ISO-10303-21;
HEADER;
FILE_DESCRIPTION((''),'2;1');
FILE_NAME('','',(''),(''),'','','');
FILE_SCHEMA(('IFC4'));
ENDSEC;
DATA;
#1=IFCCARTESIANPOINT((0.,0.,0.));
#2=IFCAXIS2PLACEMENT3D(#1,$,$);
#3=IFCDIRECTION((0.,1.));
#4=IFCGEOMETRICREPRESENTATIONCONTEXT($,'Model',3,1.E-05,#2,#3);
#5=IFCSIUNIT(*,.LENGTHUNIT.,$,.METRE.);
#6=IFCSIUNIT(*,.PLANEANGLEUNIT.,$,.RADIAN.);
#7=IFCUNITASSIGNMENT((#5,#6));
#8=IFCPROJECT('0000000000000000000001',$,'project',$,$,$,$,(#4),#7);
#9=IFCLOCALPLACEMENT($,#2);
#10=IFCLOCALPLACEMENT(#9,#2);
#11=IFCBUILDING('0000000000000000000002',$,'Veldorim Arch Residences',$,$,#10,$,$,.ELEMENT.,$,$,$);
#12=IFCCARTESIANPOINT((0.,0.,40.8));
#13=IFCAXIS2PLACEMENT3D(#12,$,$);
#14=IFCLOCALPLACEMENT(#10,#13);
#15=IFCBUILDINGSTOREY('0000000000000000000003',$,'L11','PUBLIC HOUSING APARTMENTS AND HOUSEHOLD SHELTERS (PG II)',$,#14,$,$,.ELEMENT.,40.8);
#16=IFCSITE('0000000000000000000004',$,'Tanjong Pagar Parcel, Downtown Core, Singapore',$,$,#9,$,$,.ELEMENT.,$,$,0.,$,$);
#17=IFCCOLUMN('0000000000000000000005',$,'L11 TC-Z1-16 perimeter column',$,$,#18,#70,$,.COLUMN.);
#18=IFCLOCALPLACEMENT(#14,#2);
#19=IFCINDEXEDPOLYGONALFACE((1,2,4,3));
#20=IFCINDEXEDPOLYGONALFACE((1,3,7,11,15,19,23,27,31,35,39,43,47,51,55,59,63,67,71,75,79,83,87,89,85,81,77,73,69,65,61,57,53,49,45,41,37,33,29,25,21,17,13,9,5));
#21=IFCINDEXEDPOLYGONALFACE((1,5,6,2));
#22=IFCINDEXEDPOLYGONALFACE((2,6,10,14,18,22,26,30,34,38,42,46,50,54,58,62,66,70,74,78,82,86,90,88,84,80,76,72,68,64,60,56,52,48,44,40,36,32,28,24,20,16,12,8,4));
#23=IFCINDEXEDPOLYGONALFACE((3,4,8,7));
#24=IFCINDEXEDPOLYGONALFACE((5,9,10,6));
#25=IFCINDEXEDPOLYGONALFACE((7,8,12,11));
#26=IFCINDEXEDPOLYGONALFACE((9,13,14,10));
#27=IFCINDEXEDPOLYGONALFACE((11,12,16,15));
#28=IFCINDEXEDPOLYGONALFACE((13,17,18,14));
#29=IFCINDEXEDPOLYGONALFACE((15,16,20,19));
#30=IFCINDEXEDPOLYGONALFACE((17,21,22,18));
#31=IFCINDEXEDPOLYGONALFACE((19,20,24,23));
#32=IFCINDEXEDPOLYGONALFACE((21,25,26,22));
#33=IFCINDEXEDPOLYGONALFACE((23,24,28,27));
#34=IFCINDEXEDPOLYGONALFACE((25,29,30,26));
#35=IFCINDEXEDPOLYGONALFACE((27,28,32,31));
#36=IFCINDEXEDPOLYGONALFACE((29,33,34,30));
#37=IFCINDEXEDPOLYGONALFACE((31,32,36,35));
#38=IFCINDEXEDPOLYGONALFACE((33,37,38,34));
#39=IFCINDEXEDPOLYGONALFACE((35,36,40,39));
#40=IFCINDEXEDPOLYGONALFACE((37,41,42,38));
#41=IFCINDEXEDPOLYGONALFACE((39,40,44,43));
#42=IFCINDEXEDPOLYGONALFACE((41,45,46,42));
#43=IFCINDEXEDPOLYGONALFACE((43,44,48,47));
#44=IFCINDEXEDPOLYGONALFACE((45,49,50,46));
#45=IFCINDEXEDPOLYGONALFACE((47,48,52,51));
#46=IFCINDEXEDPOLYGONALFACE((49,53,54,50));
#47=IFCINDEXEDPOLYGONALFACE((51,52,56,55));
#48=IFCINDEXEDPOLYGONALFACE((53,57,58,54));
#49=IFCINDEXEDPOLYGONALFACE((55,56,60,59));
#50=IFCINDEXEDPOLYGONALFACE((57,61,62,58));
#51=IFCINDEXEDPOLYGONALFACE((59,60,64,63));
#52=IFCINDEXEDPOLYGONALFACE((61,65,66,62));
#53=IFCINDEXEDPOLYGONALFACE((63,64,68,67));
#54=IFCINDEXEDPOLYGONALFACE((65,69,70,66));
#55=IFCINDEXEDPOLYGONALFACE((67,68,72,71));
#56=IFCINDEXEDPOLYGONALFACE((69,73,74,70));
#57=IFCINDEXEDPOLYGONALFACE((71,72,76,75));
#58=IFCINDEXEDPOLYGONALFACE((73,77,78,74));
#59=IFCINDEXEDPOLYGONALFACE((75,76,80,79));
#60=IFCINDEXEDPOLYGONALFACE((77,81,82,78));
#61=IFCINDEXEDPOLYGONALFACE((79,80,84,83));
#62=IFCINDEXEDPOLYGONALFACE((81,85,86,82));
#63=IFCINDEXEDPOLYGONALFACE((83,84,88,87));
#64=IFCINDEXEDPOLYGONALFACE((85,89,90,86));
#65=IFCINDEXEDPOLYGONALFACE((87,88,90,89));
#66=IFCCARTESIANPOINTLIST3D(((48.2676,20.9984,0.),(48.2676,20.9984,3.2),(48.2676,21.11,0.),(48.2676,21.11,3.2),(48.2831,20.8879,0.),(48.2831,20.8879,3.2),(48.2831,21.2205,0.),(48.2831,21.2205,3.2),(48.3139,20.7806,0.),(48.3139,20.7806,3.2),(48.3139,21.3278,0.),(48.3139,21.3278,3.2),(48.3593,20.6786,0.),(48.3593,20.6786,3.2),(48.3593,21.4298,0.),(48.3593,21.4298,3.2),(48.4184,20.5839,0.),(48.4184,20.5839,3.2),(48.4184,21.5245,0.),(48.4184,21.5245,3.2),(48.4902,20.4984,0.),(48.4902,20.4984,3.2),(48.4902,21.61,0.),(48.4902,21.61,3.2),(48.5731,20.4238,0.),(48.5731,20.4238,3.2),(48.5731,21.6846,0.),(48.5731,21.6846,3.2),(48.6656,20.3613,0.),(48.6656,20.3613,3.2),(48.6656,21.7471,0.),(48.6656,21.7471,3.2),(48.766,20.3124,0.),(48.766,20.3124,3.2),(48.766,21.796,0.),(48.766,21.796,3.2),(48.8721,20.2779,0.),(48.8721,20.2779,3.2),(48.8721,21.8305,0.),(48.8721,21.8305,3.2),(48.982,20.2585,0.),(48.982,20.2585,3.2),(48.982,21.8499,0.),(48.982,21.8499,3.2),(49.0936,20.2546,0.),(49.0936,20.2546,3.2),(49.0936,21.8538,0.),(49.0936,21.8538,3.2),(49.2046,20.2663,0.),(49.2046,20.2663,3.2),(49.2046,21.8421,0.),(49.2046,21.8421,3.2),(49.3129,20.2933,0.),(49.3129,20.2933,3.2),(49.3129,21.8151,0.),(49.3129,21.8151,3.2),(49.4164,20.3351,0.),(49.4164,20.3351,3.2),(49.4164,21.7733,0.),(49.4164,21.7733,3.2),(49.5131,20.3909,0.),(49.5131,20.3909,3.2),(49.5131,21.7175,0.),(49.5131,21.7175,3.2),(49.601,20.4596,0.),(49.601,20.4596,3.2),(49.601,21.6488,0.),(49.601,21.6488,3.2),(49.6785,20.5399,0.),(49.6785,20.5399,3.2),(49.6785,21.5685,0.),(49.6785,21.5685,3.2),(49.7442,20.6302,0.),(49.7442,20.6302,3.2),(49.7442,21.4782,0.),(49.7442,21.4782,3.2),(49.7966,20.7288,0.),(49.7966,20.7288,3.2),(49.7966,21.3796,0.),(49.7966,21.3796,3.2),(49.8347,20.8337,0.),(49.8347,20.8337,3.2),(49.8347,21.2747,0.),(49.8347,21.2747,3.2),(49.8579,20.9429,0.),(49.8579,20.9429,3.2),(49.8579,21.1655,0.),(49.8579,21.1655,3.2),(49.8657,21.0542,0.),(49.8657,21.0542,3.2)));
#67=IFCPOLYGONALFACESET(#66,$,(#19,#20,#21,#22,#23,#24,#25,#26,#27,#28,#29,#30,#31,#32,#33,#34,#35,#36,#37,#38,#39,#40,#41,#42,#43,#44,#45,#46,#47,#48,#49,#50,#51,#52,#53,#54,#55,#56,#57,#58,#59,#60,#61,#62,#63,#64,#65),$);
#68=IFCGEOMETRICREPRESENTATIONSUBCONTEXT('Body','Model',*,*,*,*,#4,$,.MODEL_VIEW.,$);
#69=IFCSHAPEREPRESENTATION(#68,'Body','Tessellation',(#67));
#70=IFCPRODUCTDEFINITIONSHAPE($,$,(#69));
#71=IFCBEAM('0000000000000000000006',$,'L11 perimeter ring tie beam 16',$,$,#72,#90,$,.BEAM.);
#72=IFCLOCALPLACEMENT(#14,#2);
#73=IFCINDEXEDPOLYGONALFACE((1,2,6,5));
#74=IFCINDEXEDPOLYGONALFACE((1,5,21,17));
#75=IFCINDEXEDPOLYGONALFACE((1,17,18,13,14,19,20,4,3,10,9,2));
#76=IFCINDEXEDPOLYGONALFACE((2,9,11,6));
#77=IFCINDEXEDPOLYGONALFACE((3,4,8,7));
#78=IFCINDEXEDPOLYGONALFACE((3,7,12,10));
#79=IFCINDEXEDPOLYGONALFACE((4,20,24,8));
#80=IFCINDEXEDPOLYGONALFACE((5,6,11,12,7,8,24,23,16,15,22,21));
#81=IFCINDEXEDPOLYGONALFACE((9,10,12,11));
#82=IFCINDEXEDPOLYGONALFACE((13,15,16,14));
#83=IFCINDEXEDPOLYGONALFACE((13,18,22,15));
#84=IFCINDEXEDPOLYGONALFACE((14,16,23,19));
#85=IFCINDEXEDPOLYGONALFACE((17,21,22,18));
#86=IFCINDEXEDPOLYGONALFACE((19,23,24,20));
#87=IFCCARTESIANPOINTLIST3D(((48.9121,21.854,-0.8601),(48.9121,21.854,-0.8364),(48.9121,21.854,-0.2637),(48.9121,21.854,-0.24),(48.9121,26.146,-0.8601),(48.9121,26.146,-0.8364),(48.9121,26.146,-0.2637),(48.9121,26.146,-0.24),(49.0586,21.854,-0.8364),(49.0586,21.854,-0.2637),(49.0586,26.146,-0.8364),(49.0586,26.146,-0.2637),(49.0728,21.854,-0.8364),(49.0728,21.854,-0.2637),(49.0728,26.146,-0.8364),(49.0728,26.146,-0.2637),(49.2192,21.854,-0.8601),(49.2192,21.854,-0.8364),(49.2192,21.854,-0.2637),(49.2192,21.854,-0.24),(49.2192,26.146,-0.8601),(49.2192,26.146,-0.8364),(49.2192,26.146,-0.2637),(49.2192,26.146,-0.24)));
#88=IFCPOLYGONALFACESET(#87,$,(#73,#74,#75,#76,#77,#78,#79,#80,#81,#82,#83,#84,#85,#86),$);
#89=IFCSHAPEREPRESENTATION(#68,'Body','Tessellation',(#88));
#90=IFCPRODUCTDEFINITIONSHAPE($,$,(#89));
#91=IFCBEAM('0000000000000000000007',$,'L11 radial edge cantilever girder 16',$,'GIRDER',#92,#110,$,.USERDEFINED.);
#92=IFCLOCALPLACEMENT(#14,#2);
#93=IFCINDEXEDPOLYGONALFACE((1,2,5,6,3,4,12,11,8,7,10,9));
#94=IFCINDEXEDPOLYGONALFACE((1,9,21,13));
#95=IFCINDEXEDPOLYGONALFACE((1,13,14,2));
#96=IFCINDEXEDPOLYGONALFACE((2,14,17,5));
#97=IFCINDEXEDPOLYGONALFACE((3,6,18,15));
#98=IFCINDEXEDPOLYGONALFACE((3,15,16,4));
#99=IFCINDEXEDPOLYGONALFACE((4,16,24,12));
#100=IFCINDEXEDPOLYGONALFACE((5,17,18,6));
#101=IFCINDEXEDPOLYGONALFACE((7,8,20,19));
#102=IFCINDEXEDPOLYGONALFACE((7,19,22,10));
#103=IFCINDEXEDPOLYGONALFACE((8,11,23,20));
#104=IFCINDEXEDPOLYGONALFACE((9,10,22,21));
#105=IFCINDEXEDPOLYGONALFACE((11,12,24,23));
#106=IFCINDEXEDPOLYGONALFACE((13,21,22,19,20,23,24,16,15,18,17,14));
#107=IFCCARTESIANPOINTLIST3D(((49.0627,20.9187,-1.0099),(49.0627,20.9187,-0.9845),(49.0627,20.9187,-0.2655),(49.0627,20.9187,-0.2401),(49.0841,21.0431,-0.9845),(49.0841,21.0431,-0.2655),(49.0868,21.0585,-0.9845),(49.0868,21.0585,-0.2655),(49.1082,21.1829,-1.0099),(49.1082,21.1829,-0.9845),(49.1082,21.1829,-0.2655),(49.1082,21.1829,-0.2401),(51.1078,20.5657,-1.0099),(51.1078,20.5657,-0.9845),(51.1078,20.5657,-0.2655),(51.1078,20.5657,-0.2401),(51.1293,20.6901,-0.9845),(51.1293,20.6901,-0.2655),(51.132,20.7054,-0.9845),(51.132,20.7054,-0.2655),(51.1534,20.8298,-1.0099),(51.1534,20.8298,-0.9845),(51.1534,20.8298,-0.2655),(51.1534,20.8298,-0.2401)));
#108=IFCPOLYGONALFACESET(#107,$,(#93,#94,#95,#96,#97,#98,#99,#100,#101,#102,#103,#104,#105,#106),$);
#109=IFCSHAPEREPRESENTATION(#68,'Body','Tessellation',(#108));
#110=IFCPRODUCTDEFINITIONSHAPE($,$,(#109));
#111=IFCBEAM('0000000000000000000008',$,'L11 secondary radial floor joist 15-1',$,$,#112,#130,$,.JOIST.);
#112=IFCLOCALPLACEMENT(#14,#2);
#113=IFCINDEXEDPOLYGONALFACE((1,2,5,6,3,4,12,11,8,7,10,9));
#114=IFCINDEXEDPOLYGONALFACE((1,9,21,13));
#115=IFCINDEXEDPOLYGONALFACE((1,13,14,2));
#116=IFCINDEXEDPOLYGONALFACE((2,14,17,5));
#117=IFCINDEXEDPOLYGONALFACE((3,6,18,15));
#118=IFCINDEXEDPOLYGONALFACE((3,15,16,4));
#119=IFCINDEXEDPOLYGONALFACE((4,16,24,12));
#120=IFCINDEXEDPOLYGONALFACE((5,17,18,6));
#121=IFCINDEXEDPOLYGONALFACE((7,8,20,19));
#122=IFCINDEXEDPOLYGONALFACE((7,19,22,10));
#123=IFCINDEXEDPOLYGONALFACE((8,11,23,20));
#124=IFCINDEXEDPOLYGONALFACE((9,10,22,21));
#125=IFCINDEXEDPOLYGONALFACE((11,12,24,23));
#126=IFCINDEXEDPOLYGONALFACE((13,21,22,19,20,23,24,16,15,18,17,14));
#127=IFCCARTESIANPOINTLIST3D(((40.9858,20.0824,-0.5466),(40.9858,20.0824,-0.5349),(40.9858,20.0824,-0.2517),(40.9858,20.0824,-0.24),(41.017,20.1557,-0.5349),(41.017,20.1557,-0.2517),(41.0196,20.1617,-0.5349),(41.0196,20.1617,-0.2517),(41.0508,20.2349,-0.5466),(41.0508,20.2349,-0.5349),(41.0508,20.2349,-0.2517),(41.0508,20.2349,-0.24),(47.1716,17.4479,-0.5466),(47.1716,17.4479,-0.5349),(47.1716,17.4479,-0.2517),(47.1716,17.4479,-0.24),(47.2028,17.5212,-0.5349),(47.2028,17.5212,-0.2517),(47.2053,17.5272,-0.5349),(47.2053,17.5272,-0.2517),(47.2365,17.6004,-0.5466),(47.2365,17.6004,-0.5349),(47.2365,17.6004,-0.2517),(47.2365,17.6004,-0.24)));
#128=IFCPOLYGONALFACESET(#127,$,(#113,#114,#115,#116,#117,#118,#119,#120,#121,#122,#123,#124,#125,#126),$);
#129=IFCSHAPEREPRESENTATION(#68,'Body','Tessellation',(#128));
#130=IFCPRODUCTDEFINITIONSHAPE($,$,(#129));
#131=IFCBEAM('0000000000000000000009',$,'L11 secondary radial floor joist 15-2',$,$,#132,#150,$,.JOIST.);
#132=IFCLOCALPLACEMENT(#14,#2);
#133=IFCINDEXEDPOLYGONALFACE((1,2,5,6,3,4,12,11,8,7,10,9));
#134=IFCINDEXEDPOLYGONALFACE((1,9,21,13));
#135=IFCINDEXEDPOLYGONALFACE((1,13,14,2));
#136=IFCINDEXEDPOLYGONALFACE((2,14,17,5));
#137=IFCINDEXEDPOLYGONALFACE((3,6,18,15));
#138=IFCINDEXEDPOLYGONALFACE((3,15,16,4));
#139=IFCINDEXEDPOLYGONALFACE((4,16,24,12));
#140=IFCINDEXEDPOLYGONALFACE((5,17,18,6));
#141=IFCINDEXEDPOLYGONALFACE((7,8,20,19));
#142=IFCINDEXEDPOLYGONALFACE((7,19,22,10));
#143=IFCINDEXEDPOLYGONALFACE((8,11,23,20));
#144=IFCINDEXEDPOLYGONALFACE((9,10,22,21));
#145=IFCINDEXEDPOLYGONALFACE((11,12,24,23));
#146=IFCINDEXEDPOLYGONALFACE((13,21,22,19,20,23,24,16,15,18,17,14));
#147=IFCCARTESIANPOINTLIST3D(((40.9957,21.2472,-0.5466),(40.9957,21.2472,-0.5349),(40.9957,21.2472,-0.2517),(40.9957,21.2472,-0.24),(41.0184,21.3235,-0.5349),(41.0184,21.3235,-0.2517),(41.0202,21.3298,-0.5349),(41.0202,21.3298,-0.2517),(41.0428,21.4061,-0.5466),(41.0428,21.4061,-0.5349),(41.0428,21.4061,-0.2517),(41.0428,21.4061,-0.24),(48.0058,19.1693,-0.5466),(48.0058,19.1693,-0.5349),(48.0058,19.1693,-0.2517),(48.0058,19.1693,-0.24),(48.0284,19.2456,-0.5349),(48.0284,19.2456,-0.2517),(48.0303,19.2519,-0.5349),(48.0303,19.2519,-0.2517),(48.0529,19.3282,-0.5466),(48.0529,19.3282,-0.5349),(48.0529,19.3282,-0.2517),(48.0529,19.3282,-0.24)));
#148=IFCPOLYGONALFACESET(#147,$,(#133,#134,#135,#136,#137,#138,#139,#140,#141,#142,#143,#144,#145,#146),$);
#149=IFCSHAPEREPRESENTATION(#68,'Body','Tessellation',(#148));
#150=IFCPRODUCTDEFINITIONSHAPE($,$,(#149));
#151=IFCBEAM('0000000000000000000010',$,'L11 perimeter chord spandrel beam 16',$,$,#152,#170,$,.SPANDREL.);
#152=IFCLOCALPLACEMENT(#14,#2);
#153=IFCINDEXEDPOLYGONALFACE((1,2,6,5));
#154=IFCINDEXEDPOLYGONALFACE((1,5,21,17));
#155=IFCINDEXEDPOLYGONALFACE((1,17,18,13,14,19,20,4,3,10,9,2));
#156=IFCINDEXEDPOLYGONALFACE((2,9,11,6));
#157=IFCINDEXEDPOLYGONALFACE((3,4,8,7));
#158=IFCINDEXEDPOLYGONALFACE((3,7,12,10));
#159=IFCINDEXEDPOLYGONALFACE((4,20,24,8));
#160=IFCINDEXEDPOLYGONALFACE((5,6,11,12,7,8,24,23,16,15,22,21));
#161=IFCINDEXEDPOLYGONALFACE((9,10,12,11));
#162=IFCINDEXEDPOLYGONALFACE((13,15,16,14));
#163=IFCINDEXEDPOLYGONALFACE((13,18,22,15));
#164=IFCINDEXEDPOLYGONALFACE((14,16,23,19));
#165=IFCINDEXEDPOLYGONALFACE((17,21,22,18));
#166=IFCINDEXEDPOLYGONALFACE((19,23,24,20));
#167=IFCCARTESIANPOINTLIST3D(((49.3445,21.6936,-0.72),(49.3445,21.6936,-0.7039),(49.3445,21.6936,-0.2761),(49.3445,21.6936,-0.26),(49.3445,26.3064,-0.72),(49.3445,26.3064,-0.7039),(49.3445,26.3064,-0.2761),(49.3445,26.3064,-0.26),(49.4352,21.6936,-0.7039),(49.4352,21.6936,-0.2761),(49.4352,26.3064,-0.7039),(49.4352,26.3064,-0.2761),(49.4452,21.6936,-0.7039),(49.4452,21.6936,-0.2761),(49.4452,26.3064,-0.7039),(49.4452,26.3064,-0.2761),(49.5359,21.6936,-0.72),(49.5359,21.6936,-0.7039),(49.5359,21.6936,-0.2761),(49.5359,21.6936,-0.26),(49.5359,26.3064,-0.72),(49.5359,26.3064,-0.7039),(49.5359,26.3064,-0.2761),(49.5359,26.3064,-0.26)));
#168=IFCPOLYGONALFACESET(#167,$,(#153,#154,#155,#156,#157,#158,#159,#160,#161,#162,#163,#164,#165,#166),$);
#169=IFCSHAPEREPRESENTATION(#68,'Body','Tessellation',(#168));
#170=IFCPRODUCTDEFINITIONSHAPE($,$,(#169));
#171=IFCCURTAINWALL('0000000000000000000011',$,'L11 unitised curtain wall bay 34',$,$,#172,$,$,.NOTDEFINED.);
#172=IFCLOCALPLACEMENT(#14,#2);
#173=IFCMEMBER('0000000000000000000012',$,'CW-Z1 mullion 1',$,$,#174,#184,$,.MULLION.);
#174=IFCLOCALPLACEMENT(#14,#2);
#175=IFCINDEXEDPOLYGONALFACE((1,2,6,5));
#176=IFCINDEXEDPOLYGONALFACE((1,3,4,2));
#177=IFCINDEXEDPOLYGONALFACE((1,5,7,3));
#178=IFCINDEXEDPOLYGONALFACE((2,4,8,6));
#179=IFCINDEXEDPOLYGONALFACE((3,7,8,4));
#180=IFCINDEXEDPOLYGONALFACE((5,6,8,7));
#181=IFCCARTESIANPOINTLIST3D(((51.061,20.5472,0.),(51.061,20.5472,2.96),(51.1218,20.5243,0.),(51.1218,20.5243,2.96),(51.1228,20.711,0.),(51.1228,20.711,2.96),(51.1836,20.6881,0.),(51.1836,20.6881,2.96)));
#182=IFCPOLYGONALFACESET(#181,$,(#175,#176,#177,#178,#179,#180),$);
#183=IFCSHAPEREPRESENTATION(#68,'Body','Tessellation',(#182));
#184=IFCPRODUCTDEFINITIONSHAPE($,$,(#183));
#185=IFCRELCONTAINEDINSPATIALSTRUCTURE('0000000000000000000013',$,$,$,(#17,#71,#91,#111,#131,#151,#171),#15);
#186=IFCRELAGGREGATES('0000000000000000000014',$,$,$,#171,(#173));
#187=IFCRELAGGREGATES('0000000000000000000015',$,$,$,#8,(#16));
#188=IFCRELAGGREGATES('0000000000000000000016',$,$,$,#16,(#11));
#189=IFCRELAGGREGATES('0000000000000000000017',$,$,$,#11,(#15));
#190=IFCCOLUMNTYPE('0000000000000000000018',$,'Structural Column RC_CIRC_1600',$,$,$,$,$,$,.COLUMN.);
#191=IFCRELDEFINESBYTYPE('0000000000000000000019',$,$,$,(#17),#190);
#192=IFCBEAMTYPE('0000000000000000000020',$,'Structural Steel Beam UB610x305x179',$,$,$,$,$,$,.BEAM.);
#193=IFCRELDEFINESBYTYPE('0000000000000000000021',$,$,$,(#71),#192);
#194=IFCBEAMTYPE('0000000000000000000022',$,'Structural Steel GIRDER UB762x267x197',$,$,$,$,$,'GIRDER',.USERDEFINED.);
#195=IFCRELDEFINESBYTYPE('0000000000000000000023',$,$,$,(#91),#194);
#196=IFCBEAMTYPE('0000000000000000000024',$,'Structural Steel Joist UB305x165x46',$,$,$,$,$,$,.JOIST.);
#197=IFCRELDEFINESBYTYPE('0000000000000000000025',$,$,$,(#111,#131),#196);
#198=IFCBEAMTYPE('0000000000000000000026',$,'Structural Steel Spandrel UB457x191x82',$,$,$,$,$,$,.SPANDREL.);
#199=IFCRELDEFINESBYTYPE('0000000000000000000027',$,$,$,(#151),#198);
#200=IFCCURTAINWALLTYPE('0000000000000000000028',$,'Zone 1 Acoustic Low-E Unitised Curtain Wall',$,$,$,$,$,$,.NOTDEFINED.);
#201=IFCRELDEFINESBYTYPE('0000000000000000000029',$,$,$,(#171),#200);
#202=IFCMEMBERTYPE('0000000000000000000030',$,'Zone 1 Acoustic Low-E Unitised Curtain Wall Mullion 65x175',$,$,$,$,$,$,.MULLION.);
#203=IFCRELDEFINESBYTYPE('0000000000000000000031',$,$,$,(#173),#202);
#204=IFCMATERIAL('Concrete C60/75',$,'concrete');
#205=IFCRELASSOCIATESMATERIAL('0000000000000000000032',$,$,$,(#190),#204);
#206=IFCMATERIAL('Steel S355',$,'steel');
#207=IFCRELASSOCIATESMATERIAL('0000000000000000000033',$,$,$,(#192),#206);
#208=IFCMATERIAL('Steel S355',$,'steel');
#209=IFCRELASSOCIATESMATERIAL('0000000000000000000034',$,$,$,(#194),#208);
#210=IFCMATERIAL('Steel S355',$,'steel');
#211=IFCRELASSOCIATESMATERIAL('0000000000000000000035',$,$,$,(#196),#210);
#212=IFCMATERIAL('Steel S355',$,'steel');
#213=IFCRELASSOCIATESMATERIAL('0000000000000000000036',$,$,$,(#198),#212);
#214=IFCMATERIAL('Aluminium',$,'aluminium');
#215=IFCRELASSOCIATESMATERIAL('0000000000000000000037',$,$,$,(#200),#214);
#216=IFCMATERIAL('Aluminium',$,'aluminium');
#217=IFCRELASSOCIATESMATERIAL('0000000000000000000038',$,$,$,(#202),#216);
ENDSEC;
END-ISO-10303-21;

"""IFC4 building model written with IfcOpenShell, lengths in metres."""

from ifc_helpers import new_model, si_unit, direction, frame, origin, origin_2d, place, context, subcontext, project, spatial, rectangle, circle, i_section, extrude, material, material_profile, profile_set, type_object, element, aggregate, save


model = new_model("IFC4")

# Units and contexts
model_context = context("Model", 3, precision=1e-05, world=origin(), true_north=direction((0.0, 1.0)))
body_context = subcontext(model_context, "Body", "Model", "MODEL_VIEW")
ifc_project = project(units=[si_unit("LENGTHUNIT", "METRE"), si_unit("PLANEANGLEUNIT", "RADIAN")], contexts=[model_context])

# Site, building, storey
site_placement = place(None, origin())
site = spatial("IfcSite", under=ifc_project, at=site_placement, Name="Tanjong Pagar Parcel, Downtown Core, Singapore", CompositionType="ELEMENT", RefElevation=0.0)
building_placement = place(site_placement, origin())
building = spatial("IfcBuilding", under=site, at=building_placement, Name="Veldorim Arch Residences", CompositionType="ELEMENT")
storey_placement = place(building_placement, frame((0.0, 0.0, 40.8)))
storey = spatial("IfcBuildingStorey", under=building, at=storey_placement, Name="L11", Description="PUBLIC HOUSING APARTMENTS AND HOUSEHOLD SHELTERS (PG II)", CompositionType="ELEMENT", Elevation=40.8)

# Column
ifc_material_1 = material(Name="Concrete C60/75", Category="concrete")
ifc_material_profile_1 = material_profile(ifc_material_1, circle(Radius=0.8, at=origin_2d()), Name="RC_CIRC_1600")
ifc_profile_set_1 = profile_set([ifc_material_profile_1], Name="Concrete C60/75")
column_type = type_object("IfcColumnType", Name="Structural Column RC_CIRC_1600", PredefinedType="COLUMN", material=ifc_profile_set_1)
column_placement = place(storey_placement, frame((49.0657, 21.0542, 0.0), z_axis=(0.0, 0.0, 1.0), x_axis=(1.0, 0.0, 0.0)))
element("IfcColumn", 1, at=column_placement, inside=storey, type_object=column_type, Name="L11 TC-Z1-16 perimeter column", PredefinedType="COLUMN", context=body_context, shape_type="SweptSolid", body=[
    extrude(circle(Radius=0.8, at=origin_2d()), origin(), (0.0, 0.0, 1.0), 3.2),
])

# Beams
ifc_material_2 = material(Name="Steel S355", Category="steel")
ifc_material_profile_2 = material_profile(ifc_material_2, i_section(OverallWidth=0.3071, OverallDepth=0.6201, WebThickness=0.0142, FlangeThickness=0.0237, at=origin_2d()), Name="UB610x305x179")
ifc_profile_set_2 = profile_set([ifc_material_profile_2], Name="Steel S355")
beam_type_1 = type_object("IfcBeamType", Name="Structural Steel Beam UB610x305x179", PredefinedType="BEAM", material=ifc_profile_set_2)
beam_1_placement = place(storey_placement, frame((49.0657, 21.854, -0.55), z_axis=(0.0, 1.0, 0.0), x_axis=(-1.0, 0.0, 0.0)))
element("IfcBeam", 2, at=beam_1_placement, inside=storey, type_object=beam_type_1, Name="L11 perimeter ring tie beam 16", PredefinedType="BEAM", context=body_context, shape_type="SweptSolid", body=[
    extrude(i_section(OverallWidth=0.3071, OverallDepth=0.6201, WebThickness=0.0142, FlangeThickness=0.0237, at=origin_2d()), origin(), (0.0, 0.0, 1.0), 4.292),
])
ifc_material_3 = material(Name="Steel S355", Category="steel")
ifc_material_profile_3 = material_profile(ifc_material_3, i_section(OverallWidth=0.2681, OverallDepth=0.7698, WebThickness=0.0156, FlangeThickness=0.0254, at=origin_2d()), Name="UB762x267x197")
ifc_profile_set_3 = profile_set([ifc_material_profile_3], Name="Steel S355")
beam_type_2 = type_object("IfcBeamType", Name="Structural Steel GIRDER UB762x267x197", ElementType="GIRDER", PredefinedType="USERDEFINED", material=ifc_profile_set_3)
beam_2_placement = place(storey_placement, frame((49.0854, 21.0508, -0.625), z_axis=(0.985427, -0.1701, 0.0), x_axis=(0.1701, 0.985427, 0.0)))
element("IfcBeam", 3, at=beam_2_placement, inside=storey, type_object=beam_type_2, Name="L11 radial edge cantilever girder 16", ObjectType="GIRDER", PredefinedType="USERDEFINED", context=body_context, shape_type="SweptSolid", body=[
    extrude(i_section(OverallWidth=0.2681, OverallDepth=0.7698, WebThickness=0.0156, FlangeThickness=0.0254, at=origin_2d()), origin(), (0.0, 0.0, 1.0), 2.0754),
])
ifc_material_4 = material(Name="Steel S355", Category="steel")
ifc_material_profile_4 = material_profile(ifc_material_4, i_section(OverallWidth=0.1658, OverallDepth=0.3066, WebThickness=0.0066, FlangeThickness=0.0117, at=origin_2d()), Name="UB305x165x46")
ifc_profile_set_4 = profile_set([ifc_material_profile_4], Name="Steel S355")
beam_type_3 = type_object("IfcBeamType", Name="Structural Steel Joist UB305x165x46", PredefinedType="JOIST", material=ifc_profile_set_4)
beam_3_placement = place(storey_placement, frame((41.0183, 20.1587, -0.3933), z_axis=(0.920033, -0.391841, 0.0), x_axis=(0.391841, 0.920033, 0.0)))
element("IfcBeam", 4, at=beam_3_placement, inside=storey, type_object=beam_type_3, Name="L11 secondary radial floor joist 15-1", PredefinedType="JOIST", context=body_context, shape_type="SweptSolid", body=[
    extrude(i_section(OverallWidth=0.1658, OverallDepth=0.3066, WebThickness=0.0066, FlangeThickness=0.0117, at=origin_2d()), origin(), (0.0, 0.0, 1.0), 6.7234),
])
beam_4_placement = place(storey_placement, frame((41.0193, 21.3267, -0.3933), z_axis=(0.958767, -0.284194, 0.0), x_axis=(0.284194, 0.958767, 0.0)))
element("IfcBeam", 5, at=beam_4_placement, inside=storey, type_object=beam_type_3, Name="L11 secondary radial floor joist 15-2", PredefinedType="JOIST", context=body_context, shape_type="SweptSolid", body=[
    extrude(i_section(OverallWidth=0.1658, OverallDepth=0.3066, WebThickness=0.0066, FlangeThickness=0.0117, at=origin_2d()), origin(), (0.0, 0.0, 1.0), 7.3115),
])
ifc_material_5 = material(Name="Steel S355", Category="steel")
ifc_material_profile_5 = material_profile(ifc_material_5, i_section(OverallWidth=0.1914, OverallDepth=0.46, WebThickness=0.01, FlangeThickness=0.0161, at=origin_2d()), Name="UB457x191x82")
ifc_profile_set_5 = profile_set([ifc_material_profile_5], Name="Steel S355")
beam_type_4 = type_object("IfcBeamType", Name="Structural Steel Spandrel UB457x191x82", PredefinedType="SPANDREL", material=ifc_profile_set_5)
beam_5_placement = place(storey_placement, frame((49.4402, 21.6936, -0.49), z_axis=(0.0, 1.0, 0.0), x_axis=(-1.0, 0.0, 0.0)))
element("IfcBeam", 6, at=beam_5_placement, inside=storey, type_object=beam_type_4, Name="L11 perimeter chord spandrel beam 16", PredefinedType="SPANDREL", context=body_context, shape_type="SweptSolid", body=[
    extrude(i_section(OverallWidth=0.1914, OverallDepth=0.46, WebThickness=0.01, FlangeThickness=0.0161, at=origin_2d()), origin(), (0.0, 0.0, 1.0), 4.6128),
])

# Curtain wall, member
ifc_material_6 = material(Name="Aluminium", Category="aluminium")
curtain_wall_type = type_object("IfcCurtainWallType", Name="Zone 1 Acoustic Low-E Unitised Curtain Wall", PredefinedType="NOTDEFINED", material=ifc_material_6)
curtain_wall_placement = place(storey_placement, origin())
curtain_wall = element("IfcCurtainWall", 7, at=curtain_wall_placement, inside=storey, type_object=curtain_wall_type, Name="L11 unitised curtain wall bay 34", PredefinedType="NOTDEFINED")
ifc_material_7 = material(Name="Aluminium", Category="aluminium")
ifc_material_profile_6 = material_profile(ifc_material_7, rectangle(XDim=0.0649, YDim=0.175, at=origin_2d()), Name="ALU_MUL_65x175")
ifc_profile_set_6 = profile_set([ifc_material_profile_6], Name="Aluminium")
member_type_1 = type_object("IfcMemberType", Name="Zone 1 Acoustic Low-E Unitised Curtain Wall Mullion 65x175", PredefinedType="MULLION", material=ifc_profile_set_6)
member_1_placement = place(storey_placement, frame((51.1223, 20.6177, 0.0), z_axis=(0.0, 0.0, 1.0), x_axis=(0.935656, -0.352914, 0.0)))
member_1 = element("IfcMember", 8, at=member_1_placement, type_object=member_type_1, Name="CW-Z1 mullion 1", PredefinedType="MULLION", context=body_context, shape_type="SweptSolid", body=[
    extrude(rectangle(XDim=0.0649, YDim=0.175, at=origin_2d()), origin(), (0.0, 0.0, 1.0), 2.96),
])
aggregate(curtain_wall, [member_1])

save(model, "model.ifc")
